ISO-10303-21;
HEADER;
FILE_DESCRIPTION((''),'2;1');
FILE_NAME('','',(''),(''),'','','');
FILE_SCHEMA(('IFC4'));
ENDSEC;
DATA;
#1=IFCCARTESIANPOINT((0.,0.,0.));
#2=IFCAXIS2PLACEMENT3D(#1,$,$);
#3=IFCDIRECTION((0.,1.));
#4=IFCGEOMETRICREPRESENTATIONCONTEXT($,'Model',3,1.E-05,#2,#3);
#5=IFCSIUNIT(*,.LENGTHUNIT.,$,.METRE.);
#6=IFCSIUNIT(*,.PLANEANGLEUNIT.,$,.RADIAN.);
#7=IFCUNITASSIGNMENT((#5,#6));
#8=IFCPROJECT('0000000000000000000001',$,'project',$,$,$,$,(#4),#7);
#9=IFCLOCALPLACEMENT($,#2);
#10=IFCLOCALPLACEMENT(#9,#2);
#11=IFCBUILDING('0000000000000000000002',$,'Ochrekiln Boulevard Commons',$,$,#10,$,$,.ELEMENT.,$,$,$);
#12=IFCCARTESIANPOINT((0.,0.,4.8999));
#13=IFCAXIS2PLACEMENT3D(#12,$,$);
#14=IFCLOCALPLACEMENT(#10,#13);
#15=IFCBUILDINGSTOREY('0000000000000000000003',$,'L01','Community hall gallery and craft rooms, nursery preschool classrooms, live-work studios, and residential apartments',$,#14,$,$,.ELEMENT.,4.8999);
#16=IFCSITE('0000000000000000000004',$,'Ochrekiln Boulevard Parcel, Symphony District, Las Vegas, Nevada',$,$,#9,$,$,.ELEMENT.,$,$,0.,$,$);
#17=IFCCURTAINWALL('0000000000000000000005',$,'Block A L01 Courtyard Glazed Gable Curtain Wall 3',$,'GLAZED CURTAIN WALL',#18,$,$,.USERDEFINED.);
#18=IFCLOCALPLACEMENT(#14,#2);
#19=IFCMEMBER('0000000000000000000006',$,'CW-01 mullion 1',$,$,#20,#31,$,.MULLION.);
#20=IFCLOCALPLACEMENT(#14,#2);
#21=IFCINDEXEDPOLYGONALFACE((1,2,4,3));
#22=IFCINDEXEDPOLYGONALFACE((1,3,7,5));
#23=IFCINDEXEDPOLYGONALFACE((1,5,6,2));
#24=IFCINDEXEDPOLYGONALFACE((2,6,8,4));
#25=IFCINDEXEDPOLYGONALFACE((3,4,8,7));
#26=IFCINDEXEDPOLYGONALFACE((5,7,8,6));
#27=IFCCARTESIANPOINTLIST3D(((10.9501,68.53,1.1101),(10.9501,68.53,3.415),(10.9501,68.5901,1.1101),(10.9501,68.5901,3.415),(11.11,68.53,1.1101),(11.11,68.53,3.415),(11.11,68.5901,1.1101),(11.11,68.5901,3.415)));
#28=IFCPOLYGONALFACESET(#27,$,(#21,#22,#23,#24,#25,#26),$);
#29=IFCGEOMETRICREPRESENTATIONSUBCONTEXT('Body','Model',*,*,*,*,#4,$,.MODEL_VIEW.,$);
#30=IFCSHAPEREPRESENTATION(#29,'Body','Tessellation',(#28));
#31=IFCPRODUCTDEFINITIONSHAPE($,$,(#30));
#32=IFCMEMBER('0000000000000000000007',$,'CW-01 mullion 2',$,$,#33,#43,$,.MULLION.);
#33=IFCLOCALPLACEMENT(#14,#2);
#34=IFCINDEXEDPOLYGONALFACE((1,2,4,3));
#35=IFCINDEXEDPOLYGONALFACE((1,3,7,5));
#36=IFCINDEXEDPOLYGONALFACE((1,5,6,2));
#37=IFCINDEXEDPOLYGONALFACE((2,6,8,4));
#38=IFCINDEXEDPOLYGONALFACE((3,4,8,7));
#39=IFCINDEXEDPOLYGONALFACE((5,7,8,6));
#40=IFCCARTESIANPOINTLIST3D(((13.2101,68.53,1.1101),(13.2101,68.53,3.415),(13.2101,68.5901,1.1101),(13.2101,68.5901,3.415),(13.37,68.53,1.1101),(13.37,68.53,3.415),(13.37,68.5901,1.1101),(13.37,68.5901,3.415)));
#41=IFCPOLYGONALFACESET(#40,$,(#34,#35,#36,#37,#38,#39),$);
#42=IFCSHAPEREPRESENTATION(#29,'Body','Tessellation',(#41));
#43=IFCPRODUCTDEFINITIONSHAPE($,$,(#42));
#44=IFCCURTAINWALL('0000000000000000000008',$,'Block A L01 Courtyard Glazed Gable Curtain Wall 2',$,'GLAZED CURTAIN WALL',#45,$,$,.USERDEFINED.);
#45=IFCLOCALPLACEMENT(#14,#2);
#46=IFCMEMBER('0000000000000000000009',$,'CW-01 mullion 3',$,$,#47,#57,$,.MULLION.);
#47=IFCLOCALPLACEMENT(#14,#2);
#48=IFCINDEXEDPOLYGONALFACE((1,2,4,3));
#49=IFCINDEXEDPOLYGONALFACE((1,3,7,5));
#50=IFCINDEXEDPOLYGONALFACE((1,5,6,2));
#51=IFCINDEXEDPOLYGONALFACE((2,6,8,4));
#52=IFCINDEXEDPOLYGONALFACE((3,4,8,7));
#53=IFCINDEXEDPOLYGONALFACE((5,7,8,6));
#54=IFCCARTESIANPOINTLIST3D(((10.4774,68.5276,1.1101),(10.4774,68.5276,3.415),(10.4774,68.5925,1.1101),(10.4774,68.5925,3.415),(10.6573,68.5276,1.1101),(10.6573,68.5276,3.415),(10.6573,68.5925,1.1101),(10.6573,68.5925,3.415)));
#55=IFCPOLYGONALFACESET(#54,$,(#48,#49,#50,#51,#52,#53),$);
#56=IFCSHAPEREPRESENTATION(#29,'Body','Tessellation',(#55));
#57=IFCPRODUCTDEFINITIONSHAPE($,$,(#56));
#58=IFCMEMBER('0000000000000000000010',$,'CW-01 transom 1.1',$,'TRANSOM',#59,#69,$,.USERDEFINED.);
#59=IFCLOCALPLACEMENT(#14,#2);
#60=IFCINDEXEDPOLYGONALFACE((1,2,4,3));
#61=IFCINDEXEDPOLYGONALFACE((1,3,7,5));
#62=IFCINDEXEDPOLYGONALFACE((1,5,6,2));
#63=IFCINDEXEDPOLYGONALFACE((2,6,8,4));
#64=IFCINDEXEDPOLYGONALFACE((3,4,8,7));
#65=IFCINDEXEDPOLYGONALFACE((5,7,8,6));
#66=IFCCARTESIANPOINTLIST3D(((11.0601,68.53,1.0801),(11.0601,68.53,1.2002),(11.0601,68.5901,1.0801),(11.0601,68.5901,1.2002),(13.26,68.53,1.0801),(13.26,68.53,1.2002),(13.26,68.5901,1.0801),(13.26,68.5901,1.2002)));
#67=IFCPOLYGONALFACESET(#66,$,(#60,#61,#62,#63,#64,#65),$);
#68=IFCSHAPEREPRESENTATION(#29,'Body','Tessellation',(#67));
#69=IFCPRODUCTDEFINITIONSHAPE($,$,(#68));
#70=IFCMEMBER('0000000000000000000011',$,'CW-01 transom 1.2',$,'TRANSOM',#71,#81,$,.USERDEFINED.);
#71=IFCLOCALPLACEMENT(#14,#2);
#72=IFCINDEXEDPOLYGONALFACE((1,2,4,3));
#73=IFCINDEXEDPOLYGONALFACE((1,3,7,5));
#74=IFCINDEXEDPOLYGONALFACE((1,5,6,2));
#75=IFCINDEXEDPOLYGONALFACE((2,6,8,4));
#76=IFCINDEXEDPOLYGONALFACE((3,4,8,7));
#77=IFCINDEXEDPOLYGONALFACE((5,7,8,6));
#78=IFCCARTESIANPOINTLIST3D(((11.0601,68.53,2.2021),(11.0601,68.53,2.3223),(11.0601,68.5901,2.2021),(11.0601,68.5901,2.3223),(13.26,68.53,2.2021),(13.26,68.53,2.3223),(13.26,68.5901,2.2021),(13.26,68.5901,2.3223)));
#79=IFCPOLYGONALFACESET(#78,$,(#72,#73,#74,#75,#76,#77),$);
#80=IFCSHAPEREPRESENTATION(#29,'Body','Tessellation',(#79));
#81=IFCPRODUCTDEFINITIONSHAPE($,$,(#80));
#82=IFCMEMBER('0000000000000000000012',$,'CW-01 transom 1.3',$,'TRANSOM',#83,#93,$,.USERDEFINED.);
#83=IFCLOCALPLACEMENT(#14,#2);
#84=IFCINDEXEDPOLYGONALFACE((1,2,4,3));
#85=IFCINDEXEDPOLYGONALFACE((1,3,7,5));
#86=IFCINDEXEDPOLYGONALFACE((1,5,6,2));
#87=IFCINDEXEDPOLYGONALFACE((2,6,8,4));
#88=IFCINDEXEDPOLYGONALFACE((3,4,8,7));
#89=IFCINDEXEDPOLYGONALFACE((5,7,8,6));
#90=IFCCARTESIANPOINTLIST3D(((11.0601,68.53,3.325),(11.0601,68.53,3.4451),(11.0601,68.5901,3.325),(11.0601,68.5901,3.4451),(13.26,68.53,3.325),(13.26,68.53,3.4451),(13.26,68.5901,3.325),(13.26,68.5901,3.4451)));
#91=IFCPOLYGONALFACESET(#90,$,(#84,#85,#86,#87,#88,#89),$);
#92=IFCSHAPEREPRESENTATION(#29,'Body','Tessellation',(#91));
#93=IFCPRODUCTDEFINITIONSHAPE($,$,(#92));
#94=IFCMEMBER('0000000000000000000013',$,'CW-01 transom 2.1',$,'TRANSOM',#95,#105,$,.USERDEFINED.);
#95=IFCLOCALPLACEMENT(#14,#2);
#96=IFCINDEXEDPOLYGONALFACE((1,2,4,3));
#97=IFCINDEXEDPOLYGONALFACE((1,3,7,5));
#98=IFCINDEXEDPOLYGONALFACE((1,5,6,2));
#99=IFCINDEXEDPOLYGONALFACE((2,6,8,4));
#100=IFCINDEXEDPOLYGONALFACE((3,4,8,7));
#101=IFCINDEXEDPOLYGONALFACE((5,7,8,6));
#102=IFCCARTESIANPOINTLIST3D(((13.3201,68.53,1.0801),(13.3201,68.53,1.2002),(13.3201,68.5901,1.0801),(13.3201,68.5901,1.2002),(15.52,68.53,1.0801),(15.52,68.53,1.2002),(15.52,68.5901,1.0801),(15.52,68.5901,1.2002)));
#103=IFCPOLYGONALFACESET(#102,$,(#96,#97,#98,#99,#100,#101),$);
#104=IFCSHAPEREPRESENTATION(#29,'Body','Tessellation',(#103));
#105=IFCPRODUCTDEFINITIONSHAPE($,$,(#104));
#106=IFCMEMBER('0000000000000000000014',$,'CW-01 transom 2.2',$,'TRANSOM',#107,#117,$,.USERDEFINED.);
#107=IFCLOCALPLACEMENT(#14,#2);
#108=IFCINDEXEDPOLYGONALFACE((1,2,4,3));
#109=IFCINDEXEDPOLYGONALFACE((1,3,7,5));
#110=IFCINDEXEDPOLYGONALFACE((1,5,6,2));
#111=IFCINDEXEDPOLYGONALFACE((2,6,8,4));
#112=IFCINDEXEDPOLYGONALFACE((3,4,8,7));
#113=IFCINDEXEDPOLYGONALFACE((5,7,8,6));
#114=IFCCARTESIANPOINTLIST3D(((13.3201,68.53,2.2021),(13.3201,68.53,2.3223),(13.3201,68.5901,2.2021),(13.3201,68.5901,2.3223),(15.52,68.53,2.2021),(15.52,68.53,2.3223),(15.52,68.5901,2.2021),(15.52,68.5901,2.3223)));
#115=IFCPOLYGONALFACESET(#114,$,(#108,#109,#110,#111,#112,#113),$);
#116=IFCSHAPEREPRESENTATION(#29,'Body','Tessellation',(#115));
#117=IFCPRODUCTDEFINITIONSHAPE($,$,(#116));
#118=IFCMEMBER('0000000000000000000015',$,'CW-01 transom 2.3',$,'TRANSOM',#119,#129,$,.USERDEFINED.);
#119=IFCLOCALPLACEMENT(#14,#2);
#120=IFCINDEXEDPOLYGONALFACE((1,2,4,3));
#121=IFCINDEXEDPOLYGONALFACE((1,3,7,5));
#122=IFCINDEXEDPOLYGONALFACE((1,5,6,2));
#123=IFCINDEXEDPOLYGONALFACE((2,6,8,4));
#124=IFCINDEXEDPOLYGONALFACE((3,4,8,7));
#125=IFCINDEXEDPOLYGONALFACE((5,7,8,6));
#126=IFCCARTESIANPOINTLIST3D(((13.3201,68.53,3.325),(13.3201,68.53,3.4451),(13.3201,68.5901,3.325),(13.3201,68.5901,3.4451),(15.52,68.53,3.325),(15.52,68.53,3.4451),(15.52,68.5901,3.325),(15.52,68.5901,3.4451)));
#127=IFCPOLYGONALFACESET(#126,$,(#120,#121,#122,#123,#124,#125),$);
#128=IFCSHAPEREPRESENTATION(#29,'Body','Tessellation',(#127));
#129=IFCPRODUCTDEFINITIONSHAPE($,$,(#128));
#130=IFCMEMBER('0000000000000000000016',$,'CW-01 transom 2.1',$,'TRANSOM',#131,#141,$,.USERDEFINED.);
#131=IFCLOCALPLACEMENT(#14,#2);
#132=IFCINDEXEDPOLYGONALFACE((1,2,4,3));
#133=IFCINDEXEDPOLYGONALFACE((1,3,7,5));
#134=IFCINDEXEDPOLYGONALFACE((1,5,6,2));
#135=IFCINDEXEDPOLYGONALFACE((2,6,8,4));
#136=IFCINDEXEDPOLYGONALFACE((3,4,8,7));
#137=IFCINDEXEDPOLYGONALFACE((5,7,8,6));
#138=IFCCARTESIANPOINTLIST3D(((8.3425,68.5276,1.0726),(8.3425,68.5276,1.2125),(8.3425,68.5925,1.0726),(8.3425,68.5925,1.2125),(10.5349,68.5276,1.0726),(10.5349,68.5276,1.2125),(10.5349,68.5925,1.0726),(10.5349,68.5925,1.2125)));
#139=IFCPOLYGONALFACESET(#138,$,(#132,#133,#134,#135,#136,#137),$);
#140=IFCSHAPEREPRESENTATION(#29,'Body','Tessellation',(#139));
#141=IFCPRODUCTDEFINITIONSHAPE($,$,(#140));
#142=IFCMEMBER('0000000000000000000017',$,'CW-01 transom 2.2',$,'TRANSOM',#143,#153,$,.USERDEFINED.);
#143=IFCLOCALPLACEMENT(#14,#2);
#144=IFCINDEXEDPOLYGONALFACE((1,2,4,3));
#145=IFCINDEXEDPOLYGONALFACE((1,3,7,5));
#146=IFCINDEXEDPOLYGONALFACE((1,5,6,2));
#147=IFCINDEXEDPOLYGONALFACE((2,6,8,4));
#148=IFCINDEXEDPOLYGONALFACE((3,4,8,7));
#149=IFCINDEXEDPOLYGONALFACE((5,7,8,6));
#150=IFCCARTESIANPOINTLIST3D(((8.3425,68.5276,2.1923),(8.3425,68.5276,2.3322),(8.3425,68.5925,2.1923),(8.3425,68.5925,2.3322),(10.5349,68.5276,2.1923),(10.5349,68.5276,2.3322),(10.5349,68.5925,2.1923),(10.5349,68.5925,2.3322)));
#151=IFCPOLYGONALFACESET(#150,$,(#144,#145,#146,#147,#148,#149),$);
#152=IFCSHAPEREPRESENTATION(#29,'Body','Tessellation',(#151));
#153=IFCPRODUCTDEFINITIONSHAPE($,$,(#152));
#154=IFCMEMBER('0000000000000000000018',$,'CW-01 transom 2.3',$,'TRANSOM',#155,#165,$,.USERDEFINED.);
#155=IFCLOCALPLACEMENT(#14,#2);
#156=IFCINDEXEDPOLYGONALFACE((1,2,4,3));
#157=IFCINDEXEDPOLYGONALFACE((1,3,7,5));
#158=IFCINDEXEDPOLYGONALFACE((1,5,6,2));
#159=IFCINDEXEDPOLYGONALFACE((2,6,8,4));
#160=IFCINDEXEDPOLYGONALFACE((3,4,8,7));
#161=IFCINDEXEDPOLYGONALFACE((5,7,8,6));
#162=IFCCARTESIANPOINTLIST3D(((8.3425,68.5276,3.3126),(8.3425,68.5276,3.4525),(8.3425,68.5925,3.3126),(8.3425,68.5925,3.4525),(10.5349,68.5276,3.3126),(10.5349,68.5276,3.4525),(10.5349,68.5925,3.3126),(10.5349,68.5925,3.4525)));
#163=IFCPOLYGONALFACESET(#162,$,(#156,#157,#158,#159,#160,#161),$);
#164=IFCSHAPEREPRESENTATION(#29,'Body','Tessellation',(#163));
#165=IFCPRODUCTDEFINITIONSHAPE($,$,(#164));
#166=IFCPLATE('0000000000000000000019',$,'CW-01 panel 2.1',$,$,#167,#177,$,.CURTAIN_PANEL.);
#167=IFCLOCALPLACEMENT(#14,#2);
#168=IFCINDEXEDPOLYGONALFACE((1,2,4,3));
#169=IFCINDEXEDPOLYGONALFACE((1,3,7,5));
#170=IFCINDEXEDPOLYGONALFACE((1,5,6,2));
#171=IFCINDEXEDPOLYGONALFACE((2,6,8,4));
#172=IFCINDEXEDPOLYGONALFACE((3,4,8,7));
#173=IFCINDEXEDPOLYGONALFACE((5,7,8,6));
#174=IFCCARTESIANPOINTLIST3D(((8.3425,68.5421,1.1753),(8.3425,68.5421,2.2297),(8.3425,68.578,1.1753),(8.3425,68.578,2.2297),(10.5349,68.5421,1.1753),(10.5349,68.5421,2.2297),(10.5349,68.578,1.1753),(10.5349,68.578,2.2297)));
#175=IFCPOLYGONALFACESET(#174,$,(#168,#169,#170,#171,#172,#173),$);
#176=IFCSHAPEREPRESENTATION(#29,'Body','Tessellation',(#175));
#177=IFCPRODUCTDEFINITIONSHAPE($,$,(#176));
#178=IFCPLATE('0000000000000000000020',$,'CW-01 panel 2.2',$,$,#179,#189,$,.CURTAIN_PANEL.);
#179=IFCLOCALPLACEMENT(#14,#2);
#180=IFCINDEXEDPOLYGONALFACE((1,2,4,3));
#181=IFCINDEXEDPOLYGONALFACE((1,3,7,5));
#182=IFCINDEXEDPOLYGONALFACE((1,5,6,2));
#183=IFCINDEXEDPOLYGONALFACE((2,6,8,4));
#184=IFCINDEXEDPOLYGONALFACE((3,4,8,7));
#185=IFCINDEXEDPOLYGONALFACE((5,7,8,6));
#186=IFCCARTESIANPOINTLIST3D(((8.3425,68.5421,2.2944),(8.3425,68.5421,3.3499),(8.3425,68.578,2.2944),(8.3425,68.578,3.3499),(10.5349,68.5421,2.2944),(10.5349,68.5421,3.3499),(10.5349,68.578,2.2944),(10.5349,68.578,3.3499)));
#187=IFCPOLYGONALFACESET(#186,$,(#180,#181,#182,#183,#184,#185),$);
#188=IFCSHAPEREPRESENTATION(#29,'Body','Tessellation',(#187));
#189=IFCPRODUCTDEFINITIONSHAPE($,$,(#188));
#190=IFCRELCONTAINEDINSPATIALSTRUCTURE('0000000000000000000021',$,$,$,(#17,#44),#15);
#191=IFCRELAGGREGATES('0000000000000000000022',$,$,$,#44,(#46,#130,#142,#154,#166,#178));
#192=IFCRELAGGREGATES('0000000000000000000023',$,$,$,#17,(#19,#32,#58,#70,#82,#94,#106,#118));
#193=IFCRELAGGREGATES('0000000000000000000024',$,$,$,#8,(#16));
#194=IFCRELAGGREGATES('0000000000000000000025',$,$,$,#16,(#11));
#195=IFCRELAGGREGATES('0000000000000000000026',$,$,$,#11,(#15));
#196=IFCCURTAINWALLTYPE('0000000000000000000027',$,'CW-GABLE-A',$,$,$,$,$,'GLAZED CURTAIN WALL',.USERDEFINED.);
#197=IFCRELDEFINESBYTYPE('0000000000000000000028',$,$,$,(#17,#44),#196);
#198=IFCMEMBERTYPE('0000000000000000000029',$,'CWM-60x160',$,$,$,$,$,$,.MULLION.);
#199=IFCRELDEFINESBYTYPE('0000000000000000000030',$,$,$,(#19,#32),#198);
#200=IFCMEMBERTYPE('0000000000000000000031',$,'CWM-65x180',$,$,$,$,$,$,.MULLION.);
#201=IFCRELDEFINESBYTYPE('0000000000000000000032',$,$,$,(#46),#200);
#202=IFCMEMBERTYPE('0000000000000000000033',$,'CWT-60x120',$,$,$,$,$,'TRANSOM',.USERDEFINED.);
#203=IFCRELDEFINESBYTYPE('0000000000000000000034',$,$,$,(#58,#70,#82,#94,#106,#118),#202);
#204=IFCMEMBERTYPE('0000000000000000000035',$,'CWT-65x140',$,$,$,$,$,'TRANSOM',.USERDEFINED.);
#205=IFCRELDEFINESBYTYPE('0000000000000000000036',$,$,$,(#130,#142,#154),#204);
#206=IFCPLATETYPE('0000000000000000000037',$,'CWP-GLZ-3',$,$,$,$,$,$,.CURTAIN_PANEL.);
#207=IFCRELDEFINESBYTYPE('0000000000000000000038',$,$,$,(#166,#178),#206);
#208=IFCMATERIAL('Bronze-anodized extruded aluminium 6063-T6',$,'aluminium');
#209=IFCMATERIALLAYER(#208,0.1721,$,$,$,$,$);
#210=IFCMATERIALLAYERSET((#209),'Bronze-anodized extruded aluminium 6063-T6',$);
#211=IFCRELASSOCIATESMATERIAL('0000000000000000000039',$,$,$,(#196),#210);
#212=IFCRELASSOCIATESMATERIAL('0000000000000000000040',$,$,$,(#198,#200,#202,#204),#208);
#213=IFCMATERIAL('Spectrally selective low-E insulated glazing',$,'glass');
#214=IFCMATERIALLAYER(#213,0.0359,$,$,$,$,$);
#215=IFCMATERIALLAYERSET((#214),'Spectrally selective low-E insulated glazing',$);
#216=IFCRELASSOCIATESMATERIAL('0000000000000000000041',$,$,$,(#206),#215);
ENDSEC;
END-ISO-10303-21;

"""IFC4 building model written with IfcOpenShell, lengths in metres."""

from ifc_helpers import new_model, si_unit, direction, frame, origin, origin_2d, place, context, subcontext, project, spatial, rectangle, extrude, material, layer, layer_set, material_profile, profile_set, type_object, element, aggregate, save


model = new_model("IFC4")

# Units and contexts
model_context = context("Model", 3, precision=1e-05, world=origin(), true_north=direction((0.0, 1.0)))
body_context = subcontext(model_context, "Body", "Model", "MODEL_VIEW")
ifc_project = project(units=[si_unit("LENGTHUNIT", "METRE"), si_unit("PLANEANGLEUNIT", "RADIAN")], contexts=[model_context])

# Site, building, storey
site_placement = place(None, origin())
site = spatial("IfcSite", under=ifc_project, at=site_placement, Name="Ochrekiln Boulevard Parcel, Symphony District, Las Vegas, Nevada", CompositionType="ELEMENT", RefElevation=0.0)
building_placement = place(site_placement, origin())
building = spatial("IfcBuilding", under=site, at=building_placement, Name="Ochrekiln Boulevard Commons", CompositionType="ELEMENT")
storey_placement = place(building_placement, frame((0.0, 0.0, 4.8999)))
storey = spatial("IfcBuildingStorey", under=building, at=storey_placement, Name="L01", Description="Community hall gallery and craft rooms, nursery preschool classrooms, live-work studios, and residential apartments", CompositionType="ELEMENT", Elevation=4.8999)

# Curtain wall, members
ifc_material_1 = material(Name="Bronze-anodized extruded aluminium 6063-T6", Category="aluminium")
ifc_layer_1 = layer(ifc_material_1, 0.1721)
ifc_layer_set_1 = layer_set([ifc_layer_1], Name="Bronze-anodized extruded aluminium 6063-T6")
curtain_wall_type = type_object("IfcCurtainWallType", Name="CW-GABLE-A", ElementType="GLAZED CURTAIN WALL", PredefinedType="USERDEFINED", material=ifc_layer_set_1)
curtain_wall_1_placement = place(storey_placement, origin())
curtain_wall_1 = element("IfcCurtainWall", 1, at=curtain_wall_1_placement, inside=storey, type_object=curtain_wall_type, Name="Block A L01 Courtyard Glazed Gable Curtain Wall 3", ObjectType="GLAZED CURTAIN WALL", PredefinedType="USERDEFINED")
ifc_material_profile_1 = material_profile(ifc_material_1, rectangle(XDim=0.0601, YDim=0.1599, at=origin_2d()), Name="ALU-MUL-60x160")
ifc_profile_set_1 = profile_set([ifc_material_profile_1], Name="Bronze-anodized extruded aluminium 6063-T6")
member_type_1 = type_object("IfcMemberType", Name="CWM-60x160", PredefinedType="MULLION", material=ifc_profile_set_1)
member_1_placement = place(storey_placement, frame((11.03, 68.5601, 1.1101), z_axis=(0.0, 0.0, 1.0), x_axis=(0.0, 1.0, 0.0)))
member_1 = element("IfcMember", 2, at=member_1_placement, type_object=member_type_1, Name="CW-01 mullion 1", PredefinedType="MULLION", context=body_context, shape_type="SweptSolid", body=[
    extrude(rectangle(XDim=0.0601, YDim=0.1599, at=origin_2d()), origin(), (0.0, 0.0, 1.0), 2.3049),
])
member_2_placement = place(storey_placement, frame((13.29, 68.5601, 1.1101), z_axis=(0.0, 0.0, 1.0), x_axis=(0.0, 1.0, 0.0)))
member_2 = element("IfcMember", 3, at=member_2_placement, type_object=member_type_1, Name="CW-01 mullion 2", PredefinedType="MULLION", context=body_context, shape_type="SweptSolid", body=[
    extrude(rectangle(XDim=0.0601, YDim=0.1599, at=origin_2d()), origin(), (0.0, 0.0, 1.0), 2.3049),
])

# Curtain wall, member
curtain_wall_2_placement = place(storey_placement, origin())
curtain_wall_2 = element("IfcCurtainWall", 4, at=curtain_wall_2_placement, inside=storey, type_object=curtain_wall_type, Name="Block A L01 Courtyard Glazed Gable Curtain Wall 2", ObjectType="GLAZED CURTAIN WALL", PredefinedType="USERDEFINED")
ifc_material_profile_2 = material_profile(ifc_material_1, rectangle(XDim=0.0649, YDim=0.1799, at=origin_2d()), Name="ALU-MUL-65x180")
ifc_profile_set_2 = profile_set([ifc_material_profile_2], Name="Bronze-anodized extruded aluminium 6063-T6")
member_type_2 = type_object("IfcMemberType", Name="CWM-65x180", PredefinedType="MULLION", material=ifc_profile_set_2)
member_3_placement = place(storey_placement, frame((10.5674, 68.5601, 1.1101), z_axis=(0.0, 0.0, 1.0), x_axis=(0.0, 1.0, 0.0)))
member_3 = element("IfcMember", 5, at=member_3_placement, type_object=member_type_2, Name="CW-01 mullion 3", PredefinedType="MULLION", context=body_context, shape_type="SweptSolid", body=[
    extrude(rectangle(XDim=0.0649, YDim=0.1799, at=origin_2d()), origin(), (0.0, 0.0, 1.0), 2.3049),
])

# Members
ifc_material_profile_3 = material_profile(ifc_material_1, rectangle(XDim=0.0601, YDim=0.1201, at=origin_2d()), Name="ALU-TRN-60x120")
ifc_profile_set_3 = profile_set([ifc_material_profile_3], Name="Bronze-anodized extruded aluminium 6063-T6")
member_type_3 = type_object("IfcMemberType", Name="CWT-60x120", ElementType="TRANSOM", PredefinedType="USERDEFINED", material=ifc_profile_set_3)
member_4_placement = place(storey_placement, frame((11.0601, 68.5601, 1.1401), z_axis=(1.0, 0.0, 0.0), x_axis=(0.0, 1.0, 0.0)))
member_4 = element("IfcMember", 6, at=member_4_placement, type_object=member_type_3, Name="CW-01 transom 1.1", ObjectType="TRANSOM", PredefinedType="USERDEFINED", context=body_context, shape_type="SweptSolid", body=[
    extrude(rectangle(XDim=0.0601, YDim=0.1201, at=origin_2d()), origin(), (0.0, 0.0, 1.0), 2.2),
])
member_5_placement = place(storey_placement, frame((11.0601, 68.5601, 2.2622), z_axis=(1.0, 0.0, 0.0), x_axis=(0.0, 1.0, 0.0)))
member_5 = element("IfcMember", 7, at=member_5_placement, type_object=member_type_3, Name="CW-01 transom 1.2", ObjectType="TRANSOM", PredefinedType="USERDEFINED", context=body_context, shape_type="SweptSolid", body=[
    extrude(rectangle(XDim=0.0601, YDim=0.1201, at=origin_2d()), origin(), (0.0, 0.0, 1.0), 2.2),
])
member_6_placement = place(storey_placement, frame((11.0601, 68.5601, 3.385), z_axis=(1.0, 0.0, 0.0), x_axis=(0.0, 1.0, 0.0)))
member_6 = element("IfcMember", 8, at=member_6_placement, type_object=member_type_3, Name="CW-01 transom 1.3", ObjectType="TRANSOM", PredefinedType="USERDEFINED", context=body_context, shape_type="SweptSolid", body=[
    extrude(rectangle(XDim=0.0601, YDim=0.1201, at=origin_2d()), origin(), (0.0, 0.0, 1.0), 2.2),
])
member_7_placement = place(storey_placement, frame((13.3201, 68.5601, 1.1401), z_axis=(1.0, 0.0, 0.0), x_axis=(0.0, 1.0, 0.0)))
member_7 = element("IfcMember", 9, at=member_7_placement, type_object=member_type_3, Name="CW-01 transom 2.1", ObjectType="TRANSOM", PredefinedType="USERDEFINED", context=body_context, shape_type="SweptSolid", body=[
    extrude(rectangle(XDim=0.0601, YDim=0.1201, at=origin_2d()), origin(), (0.0, 0.0, 1.0), 2.2),
])
member_8_placement = place(storey_placement, frame((13.3201, 68.5601, 2.2622), z_axis=(1.0, 0.0, 0.0), x_axis=(0.0, 1.0, 0.0)))
member_8 = element("IfcMember", 10, at=member_8_placement, type_object=member_type_3, Name="CW-01 transom 2.2", ObjectType="TRANSOM", PredefinedType="USERDEFINED", context=body_context, shape_type="SweptSolid", body=[
    extrude(rectangle(XDim=0.0601, YDim=0.1201, at=origin_2d()), origin(), (0.0, 0.0, 1.0), 2.2),
])
member_9_placement = place(storey_placement, frame((13.3201, 68.5601, 3.385), z_axis=(1.0, 0.0, 0.0), x_axis=(0.0, 1.0, 0.0)))
member_9 = element("IfcMember", 11, at=member_9_placement, type_object=member_type_3, Name="CW-01 transom 2.3", ObjectType="TRANSOM", PredefinedType="USERDEFINED", context=body_context, shape_type="SweptSolid", body=[
    extrude(rectangle(XDim=0.0601, YDim=0.1201, at=origin_2d()), origin(), (0.0, 0.0, 1.0), 2.2),
])
ifc_material_profile_4 = material_profile(ifc_material_1, rectangle(XDim=0.0649, YDim=0.1399, at=origin_2d()), Name="ALU-TRN-65x140")
ifc_profile_set_4 = profile_set([ifc_material_profile_4], Name="Bronze-anodized extruded aluminium 6063-T6")
member_type_4 = type_object("IfcMemberType", Name="CWT-65x140", ElementType="TRANSOM", PredefinedType="USERDEFINED", material=ifc_profile_set_4)
member_10_placement = place(storey_placement, frame((8.3425, 68.5601, 1.1426), z_axis=(1.0, 0.0, 0.0), x_axis=(0.0, 1.0, 0.0)))
member_10 = element("IfcMember", 12, at=member_10_placement, type_object=member_type_4, Name="CW-01 transom 2.1", ObjectType="TRANSOM", PredefinedType="USERDEFINED", context=body_context, shape_type="SweptSolid", body=[
    extrude(rectangle(XDim=0.0649, YDim=0.1399, at=origin_2d()), origin(), (0.0, 0.0, 1.0), 2.1924),
])
member_11_placement = place(storey_placement, frame((8.3425, 68.5601, 2.2622), z_axis=(1.0, 0.0, 0.0), x_axis=(0.0, 1.0, 0.0)))
member_11 = element("IfcMember", 13, at=member_11_placement, type_object=member_type_4, Name="CW-01 transom 2.2", ObjectType="TRANSOM", PredefinedType="USERDEFINED", context=body_context, shape_type="SweptSolid", body=[
    extrude(rectangle(XDim=0.0649, YDim=0.1399, at=origin_2d()), origin(), (0.0, 0.0, 1.0), 2.1924),
])
member_12_placement = place(storey_placement, frame((8.3425, 68.5601, 3.3826), z_axis=(1.0, 0.0, 0.0), x_axis=(0.0, 1.0, 0.0)))
member_12 = element("IfcMember", 14, at=member_12_placement, type_object=member_type_4, Name="CW-01 transom 2.3", ObjectType="TRANSOM", PredefinedType="USERDEFINED", context=body_context, shape_type="SweptSolid", body=[
    extrude(rectangle(XDim=0.0649, YDim=0.1399, at=origin_2d()), origin(), (0.0, 0.0, 1.0), 2.1924),
])

# Plates
ifc_material_2 = material(Name="Spectrally selective low-E insulated glazing", Category="glass")
ifc_layer_2 = layer(ifc_material_2, 0.0359)
ifc_layer_set_2 = layer_set([ifc_layer_2], Name="Spectrally selective low-E insulated glazing")
plate_type_1 = type_object("IfcPlateType", Name="CWP-GLZ-3", PredefinedType="CURTAIN_PANEL", material=ifc_layer_set_2)
plate_1_placement = place(storey_placement, frame((9.4387, 68.5601, 1.1753), z_axis=(0.0, 0.0, 1.0), x_axis=(1.0, 0.0, 0.0)))
plate_1 = element("IfcPlate", 15, at=plate_1_placement, type_object=plate_type_1, Name="CW-01 panel 2.1", PredefinedType="CURTAIN_PANEL", context=body_context, shape_type="SweptSolid", body=[
    extrude(rectangle(XDim=2.1924, YDim=0.0359, at=origin_2d()), origin(), (0.0, 0.0, 1.0), 1.0544),
])
plate_2_placement = place(storey_placement, frame((9.4387, 68.5601, 2.2944), z_axis=(0.0, 0.0, 1.0), x_axis=(1.0, 0.0, 0.0)))
plate_2 = element("IfcPlate", 16, at=plate_2_placement, type_object=plate_type_1, Name="CW-01 panel 2.2", PredefinedType="CURTAIN_PANEL", context=body_context, shape_type="SweptSolid", body=[
    extrude(rectangle(XDim=2.1924, YDim=0.0359, at=origin_2d()), origin(), (0.0, 0.0, 1.0), 1.0554),
])
aggregate(curtain_wall_2, [member_3, member_10, member_11, member_12, plate_1, plate_2])
aggregate(curtain_wall_1, [member_1, member_2, member_4, member_5, member_6, member_7, member_8, member_9])

save(model, "model.ifc")
